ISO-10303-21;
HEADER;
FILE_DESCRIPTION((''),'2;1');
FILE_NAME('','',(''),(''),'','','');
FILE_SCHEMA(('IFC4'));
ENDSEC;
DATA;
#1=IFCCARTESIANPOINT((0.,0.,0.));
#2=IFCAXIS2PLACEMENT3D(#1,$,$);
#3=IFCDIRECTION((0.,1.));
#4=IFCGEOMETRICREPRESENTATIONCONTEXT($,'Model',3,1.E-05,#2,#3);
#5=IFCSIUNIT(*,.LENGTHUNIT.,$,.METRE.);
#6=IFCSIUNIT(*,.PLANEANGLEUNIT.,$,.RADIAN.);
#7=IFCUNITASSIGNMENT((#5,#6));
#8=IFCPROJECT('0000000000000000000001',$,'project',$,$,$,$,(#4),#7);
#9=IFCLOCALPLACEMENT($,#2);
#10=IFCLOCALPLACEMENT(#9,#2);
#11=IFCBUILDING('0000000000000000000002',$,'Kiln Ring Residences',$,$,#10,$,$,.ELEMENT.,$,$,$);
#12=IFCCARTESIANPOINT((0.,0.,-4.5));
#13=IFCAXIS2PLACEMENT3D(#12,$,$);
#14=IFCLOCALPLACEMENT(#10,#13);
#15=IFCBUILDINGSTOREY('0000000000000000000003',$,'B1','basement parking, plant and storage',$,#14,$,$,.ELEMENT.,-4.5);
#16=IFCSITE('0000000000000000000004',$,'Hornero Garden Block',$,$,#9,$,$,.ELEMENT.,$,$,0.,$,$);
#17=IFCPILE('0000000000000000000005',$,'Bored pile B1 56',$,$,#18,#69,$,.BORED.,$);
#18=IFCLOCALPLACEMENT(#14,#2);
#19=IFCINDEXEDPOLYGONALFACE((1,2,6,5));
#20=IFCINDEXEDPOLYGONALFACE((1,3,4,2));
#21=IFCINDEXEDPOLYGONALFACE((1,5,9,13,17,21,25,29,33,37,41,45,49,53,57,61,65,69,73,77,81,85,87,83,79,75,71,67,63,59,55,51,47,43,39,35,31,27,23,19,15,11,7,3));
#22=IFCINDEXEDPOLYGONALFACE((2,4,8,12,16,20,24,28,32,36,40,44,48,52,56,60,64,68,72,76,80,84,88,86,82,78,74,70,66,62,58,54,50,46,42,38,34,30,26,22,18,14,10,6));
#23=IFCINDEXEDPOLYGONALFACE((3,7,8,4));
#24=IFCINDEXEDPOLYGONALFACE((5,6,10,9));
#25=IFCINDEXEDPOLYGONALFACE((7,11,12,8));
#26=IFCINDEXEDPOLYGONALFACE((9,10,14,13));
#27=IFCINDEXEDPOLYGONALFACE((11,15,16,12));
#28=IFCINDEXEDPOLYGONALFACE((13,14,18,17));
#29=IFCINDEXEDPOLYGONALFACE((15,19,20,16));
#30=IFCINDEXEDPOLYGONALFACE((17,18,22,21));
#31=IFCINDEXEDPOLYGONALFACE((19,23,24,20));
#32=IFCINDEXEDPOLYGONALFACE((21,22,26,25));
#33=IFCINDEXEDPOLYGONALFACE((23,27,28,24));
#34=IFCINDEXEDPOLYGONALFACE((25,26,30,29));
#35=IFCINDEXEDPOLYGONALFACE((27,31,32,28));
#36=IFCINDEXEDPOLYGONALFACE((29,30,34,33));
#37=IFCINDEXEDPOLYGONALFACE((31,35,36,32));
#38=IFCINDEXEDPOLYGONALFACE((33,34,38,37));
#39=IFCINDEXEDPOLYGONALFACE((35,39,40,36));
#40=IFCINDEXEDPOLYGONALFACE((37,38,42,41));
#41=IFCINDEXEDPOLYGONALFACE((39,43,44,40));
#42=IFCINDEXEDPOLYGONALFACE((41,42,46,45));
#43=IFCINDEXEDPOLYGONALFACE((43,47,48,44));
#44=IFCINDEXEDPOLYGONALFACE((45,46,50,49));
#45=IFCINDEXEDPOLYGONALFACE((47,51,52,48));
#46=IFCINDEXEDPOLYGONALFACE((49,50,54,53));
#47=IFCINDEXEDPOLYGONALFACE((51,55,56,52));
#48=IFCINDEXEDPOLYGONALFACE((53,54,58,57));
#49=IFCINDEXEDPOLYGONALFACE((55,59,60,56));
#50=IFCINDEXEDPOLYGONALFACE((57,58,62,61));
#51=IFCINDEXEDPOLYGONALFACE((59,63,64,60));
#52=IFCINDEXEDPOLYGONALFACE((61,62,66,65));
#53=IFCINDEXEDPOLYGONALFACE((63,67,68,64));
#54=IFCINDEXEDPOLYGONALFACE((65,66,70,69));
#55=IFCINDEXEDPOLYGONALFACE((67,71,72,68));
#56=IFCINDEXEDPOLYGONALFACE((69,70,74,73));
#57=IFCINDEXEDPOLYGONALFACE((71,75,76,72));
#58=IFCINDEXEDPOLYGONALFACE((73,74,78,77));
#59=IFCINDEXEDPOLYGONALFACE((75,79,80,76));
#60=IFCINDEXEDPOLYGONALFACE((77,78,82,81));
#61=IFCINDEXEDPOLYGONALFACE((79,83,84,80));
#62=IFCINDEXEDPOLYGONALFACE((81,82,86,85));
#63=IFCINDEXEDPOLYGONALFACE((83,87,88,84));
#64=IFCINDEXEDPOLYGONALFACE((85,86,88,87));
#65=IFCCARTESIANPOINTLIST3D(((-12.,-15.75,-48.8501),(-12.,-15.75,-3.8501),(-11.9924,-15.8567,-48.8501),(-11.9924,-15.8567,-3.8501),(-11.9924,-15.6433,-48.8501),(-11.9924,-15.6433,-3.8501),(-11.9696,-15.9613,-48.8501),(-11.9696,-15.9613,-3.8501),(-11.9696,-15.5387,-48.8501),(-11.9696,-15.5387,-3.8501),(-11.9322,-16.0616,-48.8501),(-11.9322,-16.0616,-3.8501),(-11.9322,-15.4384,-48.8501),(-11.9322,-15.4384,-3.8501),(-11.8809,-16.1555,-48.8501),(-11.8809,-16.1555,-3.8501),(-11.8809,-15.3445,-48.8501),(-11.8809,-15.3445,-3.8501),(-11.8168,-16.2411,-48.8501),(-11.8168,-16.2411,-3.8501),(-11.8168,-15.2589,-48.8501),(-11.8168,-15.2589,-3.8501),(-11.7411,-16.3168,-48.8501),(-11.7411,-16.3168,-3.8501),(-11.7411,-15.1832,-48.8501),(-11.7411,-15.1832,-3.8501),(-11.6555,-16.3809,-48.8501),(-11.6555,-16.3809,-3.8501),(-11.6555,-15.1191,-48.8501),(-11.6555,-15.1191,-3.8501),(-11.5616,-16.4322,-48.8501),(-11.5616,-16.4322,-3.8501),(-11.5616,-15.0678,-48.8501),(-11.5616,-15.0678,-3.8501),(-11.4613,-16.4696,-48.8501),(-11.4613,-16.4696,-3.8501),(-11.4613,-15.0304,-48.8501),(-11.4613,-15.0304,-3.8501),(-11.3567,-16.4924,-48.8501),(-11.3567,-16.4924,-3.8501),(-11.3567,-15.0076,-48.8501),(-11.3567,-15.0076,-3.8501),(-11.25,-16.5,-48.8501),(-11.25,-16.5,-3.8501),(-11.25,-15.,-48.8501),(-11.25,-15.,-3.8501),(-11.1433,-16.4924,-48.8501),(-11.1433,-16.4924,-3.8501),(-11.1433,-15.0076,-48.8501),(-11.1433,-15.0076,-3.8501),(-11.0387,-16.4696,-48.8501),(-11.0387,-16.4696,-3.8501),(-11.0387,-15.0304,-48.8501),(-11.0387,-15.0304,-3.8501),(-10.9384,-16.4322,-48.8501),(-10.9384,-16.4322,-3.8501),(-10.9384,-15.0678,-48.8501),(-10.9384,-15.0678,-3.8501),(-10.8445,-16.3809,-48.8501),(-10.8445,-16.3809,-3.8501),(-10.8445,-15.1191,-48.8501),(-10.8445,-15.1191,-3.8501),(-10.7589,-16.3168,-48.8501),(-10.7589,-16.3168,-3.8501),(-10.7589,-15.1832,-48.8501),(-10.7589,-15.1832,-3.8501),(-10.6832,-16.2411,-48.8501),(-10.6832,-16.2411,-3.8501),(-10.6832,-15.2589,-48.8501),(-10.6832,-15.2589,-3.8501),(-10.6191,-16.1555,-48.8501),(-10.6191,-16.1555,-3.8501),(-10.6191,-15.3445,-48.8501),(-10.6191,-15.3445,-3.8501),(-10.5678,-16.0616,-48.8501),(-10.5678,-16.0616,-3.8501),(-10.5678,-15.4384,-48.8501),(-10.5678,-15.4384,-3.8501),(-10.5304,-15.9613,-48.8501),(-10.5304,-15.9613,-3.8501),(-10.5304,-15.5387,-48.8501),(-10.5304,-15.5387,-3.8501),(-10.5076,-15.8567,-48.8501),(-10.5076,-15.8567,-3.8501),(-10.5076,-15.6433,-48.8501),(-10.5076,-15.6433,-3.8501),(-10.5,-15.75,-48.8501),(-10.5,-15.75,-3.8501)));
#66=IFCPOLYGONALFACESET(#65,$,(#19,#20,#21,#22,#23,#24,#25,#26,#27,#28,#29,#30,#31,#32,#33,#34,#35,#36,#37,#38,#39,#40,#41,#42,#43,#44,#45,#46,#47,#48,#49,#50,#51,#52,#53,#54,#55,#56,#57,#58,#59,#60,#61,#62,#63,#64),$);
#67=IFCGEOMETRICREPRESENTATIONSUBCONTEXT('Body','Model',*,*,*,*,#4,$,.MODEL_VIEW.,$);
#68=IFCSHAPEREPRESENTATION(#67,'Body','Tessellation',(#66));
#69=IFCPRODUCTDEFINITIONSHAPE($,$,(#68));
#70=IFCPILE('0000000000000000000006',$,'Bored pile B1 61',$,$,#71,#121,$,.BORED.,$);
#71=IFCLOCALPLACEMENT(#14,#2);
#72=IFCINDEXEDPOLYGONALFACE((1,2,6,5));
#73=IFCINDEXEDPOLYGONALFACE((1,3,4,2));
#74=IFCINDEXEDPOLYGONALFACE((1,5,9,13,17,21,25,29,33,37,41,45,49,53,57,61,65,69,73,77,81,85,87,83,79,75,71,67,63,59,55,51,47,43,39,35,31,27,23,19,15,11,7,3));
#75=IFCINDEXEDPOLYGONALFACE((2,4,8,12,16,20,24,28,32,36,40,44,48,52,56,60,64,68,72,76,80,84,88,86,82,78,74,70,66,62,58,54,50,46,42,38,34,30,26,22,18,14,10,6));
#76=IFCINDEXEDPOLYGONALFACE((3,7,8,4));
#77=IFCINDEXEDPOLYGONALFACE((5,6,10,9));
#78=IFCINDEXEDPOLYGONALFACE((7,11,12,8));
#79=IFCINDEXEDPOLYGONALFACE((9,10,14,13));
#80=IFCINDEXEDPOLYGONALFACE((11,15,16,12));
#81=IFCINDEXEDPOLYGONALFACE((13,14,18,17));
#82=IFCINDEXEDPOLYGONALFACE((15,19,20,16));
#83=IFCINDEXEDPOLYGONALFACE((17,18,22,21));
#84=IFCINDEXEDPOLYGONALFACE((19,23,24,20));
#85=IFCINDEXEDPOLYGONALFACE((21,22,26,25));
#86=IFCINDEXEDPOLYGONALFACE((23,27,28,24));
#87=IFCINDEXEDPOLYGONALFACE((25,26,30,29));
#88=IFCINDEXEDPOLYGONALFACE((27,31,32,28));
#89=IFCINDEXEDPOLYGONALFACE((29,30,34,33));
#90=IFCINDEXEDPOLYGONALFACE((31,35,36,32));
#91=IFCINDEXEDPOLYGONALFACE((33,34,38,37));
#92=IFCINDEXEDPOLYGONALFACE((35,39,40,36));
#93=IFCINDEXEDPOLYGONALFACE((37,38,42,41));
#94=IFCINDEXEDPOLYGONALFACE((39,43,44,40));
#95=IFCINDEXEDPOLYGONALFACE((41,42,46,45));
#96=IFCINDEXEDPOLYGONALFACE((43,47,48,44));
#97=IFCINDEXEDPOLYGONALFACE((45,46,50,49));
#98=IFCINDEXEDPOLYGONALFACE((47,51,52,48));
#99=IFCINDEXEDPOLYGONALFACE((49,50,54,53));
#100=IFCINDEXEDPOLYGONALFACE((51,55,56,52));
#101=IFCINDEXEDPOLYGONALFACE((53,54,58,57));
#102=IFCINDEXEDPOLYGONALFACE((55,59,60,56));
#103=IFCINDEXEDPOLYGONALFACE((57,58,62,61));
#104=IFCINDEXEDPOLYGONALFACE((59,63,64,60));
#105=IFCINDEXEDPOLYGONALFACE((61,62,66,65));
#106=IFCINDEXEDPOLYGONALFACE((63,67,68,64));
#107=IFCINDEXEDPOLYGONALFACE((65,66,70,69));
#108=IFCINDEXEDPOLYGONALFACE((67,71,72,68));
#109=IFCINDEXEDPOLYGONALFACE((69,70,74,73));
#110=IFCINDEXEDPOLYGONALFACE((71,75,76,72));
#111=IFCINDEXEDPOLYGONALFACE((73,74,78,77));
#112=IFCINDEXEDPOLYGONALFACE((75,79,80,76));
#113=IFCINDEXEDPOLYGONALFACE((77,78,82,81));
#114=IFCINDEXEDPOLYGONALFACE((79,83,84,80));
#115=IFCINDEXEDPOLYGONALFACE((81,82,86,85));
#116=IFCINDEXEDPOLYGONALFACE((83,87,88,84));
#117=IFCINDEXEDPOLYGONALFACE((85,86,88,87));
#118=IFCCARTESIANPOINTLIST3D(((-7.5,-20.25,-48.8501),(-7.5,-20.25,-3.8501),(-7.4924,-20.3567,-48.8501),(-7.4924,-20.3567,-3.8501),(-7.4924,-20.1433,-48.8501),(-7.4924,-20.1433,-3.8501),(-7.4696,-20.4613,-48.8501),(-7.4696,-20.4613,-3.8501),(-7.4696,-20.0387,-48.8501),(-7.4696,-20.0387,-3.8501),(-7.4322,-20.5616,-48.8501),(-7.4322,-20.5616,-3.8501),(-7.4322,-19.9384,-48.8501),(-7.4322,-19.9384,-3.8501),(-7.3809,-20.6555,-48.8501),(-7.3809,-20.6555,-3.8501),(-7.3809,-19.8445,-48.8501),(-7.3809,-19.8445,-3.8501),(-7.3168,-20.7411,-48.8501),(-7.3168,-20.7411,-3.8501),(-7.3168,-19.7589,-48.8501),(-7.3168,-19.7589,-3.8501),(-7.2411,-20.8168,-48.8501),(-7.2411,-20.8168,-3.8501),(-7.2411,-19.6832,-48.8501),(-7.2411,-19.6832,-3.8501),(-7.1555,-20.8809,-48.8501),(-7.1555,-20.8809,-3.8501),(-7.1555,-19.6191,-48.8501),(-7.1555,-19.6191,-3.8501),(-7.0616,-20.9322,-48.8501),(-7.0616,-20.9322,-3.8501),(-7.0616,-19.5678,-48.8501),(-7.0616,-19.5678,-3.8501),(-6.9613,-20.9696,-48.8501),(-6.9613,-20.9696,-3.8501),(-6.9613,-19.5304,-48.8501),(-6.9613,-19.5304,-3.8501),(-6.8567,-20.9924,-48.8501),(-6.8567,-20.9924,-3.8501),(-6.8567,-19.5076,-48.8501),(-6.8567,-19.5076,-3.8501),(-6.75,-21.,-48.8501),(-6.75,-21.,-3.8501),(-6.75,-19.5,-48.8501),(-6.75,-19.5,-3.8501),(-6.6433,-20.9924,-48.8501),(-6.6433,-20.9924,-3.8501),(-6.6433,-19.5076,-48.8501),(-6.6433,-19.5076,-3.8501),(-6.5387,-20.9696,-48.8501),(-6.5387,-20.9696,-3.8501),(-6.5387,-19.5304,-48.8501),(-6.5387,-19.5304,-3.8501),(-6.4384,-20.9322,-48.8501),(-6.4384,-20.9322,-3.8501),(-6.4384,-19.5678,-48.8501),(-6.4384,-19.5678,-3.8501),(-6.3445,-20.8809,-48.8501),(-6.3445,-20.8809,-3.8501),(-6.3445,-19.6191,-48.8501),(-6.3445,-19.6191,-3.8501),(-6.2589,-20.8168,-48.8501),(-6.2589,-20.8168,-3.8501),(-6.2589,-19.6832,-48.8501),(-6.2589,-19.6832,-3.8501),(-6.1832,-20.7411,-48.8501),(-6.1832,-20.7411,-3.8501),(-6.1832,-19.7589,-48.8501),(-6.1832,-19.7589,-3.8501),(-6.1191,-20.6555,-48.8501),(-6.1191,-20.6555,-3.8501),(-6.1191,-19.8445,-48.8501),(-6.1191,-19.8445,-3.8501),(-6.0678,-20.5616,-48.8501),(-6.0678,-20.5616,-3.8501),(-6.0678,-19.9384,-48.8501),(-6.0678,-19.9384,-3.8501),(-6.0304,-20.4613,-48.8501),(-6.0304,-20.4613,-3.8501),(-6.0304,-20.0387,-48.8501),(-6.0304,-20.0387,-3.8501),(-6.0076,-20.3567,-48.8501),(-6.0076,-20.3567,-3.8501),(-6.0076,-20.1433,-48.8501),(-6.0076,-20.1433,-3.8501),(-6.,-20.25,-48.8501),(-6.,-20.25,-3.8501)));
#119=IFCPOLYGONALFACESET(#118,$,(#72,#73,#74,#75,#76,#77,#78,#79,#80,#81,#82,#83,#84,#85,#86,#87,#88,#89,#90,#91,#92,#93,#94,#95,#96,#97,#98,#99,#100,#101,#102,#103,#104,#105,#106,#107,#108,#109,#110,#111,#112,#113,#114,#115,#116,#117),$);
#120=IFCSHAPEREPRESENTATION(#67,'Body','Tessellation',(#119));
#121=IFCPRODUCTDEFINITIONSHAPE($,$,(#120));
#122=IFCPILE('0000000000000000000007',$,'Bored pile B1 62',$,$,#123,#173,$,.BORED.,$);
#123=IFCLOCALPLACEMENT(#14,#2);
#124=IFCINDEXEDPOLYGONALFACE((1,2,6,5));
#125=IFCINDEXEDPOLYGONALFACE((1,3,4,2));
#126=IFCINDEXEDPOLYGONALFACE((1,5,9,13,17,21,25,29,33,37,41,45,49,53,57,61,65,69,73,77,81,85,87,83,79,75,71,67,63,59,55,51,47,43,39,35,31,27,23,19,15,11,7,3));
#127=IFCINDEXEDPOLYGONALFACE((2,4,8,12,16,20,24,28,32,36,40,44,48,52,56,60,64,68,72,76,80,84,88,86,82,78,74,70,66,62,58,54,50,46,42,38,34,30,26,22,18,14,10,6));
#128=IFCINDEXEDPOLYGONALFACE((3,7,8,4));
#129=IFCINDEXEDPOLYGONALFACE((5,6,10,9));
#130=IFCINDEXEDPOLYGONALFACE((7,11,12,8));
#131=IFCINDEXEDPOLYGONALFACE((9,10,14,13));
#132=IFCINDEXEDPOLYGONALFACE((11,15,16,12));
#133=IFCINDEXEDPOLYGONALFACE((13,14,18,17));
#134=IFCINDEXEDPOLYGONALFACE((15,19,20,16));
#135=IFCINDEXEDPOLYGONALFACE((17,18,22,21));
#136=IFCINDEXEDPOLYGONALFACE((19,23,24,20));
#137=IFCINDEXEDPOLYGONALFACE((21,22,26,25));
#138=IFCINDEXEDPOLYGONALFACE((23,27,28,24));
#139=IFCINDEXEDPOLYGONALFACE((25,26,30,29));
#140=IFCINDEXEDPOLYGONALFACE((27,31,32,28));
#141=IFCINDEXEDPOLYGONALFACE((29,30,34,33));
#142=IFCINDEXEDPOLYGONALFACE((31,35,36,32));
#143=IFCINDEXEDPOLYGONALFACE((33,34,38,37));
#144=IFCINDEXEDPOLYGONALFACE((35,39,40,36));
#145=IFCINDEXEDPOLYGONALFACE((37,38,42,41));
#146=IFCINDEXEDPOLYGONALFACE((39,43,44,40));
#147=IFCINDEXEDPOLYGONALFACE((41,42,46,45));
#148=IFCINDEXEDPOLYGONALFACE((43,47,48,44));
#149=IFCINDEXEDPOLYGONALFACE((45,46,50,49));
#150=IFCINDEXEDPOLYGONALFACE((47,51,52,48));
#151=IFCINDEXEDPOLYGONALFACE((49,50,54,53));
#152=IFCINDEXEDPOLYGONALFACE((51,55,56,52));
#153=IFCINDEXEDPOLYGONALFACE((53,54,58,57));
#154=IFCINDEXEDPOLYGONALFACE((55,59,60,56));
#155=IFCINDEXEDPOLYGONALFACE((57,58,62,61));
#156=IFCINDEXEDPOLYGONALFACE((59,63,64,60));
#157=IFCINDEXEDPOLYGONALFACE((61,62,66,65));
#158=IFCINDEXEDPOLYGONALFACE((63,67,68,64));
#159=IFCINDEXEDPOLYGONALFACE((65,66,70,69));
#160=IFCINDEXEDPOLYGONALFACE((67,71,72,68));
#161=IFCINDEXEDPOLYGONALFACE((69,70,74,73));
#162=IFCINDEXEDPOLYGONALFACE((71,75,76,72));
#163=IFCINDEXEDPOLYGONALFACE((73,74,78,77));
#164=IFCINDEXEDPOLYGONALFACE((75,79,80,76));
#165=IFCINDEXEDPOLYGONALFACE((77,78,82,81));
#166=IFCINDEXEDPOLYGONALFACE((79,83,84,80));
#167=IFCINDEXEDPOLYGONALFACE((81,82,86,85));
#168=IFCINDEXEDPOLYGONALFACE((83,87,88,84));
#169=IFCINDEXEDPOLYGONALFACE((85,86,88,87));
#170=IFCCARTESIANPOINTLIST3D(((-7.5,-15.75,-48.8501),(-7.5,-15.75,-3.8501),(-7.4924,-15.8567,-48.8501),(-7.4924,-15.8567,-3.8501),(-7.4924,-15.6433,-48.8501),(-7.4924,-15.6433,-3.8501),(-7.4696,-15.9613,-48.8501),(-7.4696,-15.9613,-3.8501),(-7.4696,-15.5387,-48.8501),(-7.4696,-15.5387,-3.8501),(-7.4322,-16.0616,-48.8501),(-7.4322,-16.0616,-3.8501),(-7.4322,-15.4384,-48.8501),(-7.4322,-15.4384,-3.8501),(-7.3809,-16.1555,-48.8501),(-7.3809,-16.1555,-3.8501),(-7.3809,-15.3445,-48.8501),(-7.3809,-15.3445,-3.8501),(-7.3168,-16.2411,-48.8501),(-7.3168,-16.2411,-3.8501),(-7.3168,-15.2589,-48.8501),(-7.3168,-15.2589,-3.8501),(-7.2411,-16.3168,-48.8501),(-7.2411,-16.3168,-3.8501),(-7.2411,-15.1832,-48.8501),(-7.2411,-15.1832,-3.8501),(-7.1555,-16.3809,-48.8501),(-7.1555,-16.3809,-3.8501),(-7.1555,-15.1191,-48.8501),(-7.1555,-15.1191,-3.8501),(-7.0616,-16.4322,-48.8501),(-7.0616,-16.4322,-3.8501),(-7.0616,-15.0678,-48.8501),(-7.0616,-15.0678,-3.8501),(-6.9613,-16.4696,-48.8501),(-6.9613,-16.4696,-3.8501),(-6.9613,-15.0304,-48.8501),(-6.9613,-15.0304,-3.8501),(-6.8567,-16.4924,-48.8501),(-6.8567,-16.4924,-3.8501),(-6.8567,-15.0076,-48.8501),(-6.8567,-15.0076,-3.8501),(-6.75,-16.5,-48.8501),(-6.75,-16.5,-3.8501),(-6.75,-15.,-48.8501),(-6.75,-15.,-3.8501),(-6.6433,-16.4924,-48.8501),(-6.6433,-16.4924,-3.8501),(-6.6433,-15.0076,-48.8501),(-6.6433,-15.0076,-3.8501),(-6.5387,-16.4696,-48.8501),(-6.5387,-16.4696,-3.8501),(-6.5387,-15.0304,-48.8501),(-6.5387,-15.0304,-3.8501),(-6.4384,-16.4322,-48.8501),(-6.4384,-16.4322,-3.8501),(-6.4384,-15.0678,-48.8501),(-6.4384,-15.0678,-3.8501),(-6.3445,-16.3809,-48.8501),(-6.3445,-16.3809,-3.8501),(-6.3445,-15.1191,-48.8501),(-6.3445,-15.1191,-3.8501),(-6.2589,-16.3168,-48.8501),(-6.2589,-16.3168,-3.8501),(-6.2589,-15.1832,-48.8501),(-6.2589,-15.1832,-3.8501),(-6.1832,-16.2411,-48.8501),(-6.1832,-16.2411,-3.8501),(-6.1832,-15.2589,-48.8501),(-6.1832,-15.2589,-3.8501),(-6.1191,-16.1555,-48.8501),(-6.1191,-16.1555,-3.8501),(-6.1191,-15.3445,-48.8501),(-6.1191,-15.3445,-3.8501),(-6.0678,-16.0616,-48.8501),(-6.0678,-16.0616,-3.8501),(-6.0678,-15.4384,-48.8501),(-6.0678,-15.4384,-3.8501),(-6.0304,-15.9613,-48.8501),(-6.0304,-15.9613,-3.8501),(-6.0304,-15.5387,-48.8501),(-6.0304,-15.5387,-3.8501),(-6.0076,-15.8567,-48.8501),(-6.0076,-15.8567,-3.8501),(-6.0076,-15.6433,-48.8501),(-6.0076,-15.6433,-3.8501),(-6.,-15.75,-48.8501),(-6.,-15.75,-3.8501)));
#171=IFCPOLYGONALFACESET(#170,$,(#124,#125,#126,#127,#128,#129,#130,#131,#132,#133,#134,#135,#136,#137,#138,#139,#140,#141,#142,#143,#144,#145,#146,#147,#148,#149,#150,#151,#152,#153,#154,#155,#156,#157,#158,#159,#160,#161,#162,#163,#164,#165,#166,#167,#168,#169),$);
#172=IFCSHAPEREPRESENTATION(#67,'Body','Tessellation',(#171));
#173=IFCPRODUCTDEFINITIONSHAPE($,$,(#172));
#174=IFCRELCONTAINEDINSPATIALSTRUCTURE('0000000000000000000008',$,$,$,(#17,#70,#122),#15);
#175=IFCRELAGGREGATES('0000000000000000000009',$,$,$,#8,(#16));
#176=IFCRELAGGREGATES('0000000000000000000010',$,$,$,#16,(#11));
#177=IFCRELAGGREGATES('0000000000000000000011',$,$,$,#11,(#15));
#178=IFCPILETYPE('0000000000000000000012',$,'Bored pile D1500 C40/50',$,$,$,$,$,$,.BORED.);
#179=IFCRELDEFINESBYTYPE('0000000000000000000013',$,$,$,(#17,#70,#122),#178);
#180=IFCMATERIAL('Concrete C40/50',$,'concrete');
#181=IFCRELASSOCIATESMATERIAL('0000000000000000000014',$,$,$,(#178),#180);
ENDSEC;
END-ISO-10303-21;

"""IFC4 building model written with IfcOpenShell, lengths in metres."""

from ifc_helpers import new_model, si_unit, direction, frame, origin, origin_2d, place, context, subcontext, project, spatial, circle, extrude, material, material_profile, profile_set, type_object, element, save


model = new_model("IFC4")

# Units and contexts
model_context = context("Model", 3, precision=1e-05, world=origin(), true_north=direction((0.0, 1.0)))
body_context = subcontext(model_context, "Body", "Model", "MODEL_VIEW")
ifc_project = project(units=[si_unit("LENGTHUNIT", "METRE"), si_unit("PLANEANGLEUNIT", "RADIAN")], contexts=[model_context])

# Site, building, storey
site_placement = place(None, origin())
site = spatial("IfcSite", under=ifc_project, at=site_placement, Name="Hornero Garden Block", CompositionType="ELEMENT", RefElevation=0.0)
building_placement = place(site_placement, origin())
building = spatial("IfcBuilding", under=site, at=building_placement, Name="Kiln Ring Residences", CompositionType="ELEMENT")
storey_placement = place(building_placement, frame((0.0, 0.0, -4.5)))
storey = spatial("IfcBuildingStorey", under=building, at=storey_placement, Name="B1", Description="basement parking, plant and storage", CompositionType="ELEMENT", Elevation=-4.5)

# Piles
ifc_material_1 = material(Name="Concrete C40/50", Category="concrete")
ifc_material_profile_1 = material_profile(ifc_material_1, circle(Radius=0.75, at=origin_2d()), Name="BORED1500")
ifc_profile_set_1 = profile_set([ifc_material_profile_1], Name="Concrete C40/50")
pile_type_1 = type_object("IfcPileType", Name="Bored pile D1500 C40/50", PredefinedType="BORED", material=ifc_profile_set_1)
for number, where, z_axis, x_axis, name in (
    (1, (-11.25, -15.75, -3.8501), (0.0, 0.0, -1.0), (1.0, 0.0, 0.0), "Bored pile B1 56"),
    (2, (-6.75, -20.25, -3.8501), (0.0, 0.0, -1.0), (1.0, 0.0, 0.0), "Bored pile B1 61"),
    (3, (-6.75, -15.75, -3.8501), (0.0, 0.0, -1.0), (1.0, 0.0, 0.0), "Bored pile B1 62"),
):
    element("IfcPile", number, at=place(storey_placement, frame(where, z_axis=z_axis, x_axis=x_axis)), inside=storey, type_object=pile_type_1, Name=name, PredefinedType="BORED", context=body_context, shape_type="SweptSolid", body=[
        extrude(circle(Radius=0.75, at=origin_2d()), origin(), (0.0, 0.0, 1.0), 45.0),
    ])

save(model, "model.ifc")
